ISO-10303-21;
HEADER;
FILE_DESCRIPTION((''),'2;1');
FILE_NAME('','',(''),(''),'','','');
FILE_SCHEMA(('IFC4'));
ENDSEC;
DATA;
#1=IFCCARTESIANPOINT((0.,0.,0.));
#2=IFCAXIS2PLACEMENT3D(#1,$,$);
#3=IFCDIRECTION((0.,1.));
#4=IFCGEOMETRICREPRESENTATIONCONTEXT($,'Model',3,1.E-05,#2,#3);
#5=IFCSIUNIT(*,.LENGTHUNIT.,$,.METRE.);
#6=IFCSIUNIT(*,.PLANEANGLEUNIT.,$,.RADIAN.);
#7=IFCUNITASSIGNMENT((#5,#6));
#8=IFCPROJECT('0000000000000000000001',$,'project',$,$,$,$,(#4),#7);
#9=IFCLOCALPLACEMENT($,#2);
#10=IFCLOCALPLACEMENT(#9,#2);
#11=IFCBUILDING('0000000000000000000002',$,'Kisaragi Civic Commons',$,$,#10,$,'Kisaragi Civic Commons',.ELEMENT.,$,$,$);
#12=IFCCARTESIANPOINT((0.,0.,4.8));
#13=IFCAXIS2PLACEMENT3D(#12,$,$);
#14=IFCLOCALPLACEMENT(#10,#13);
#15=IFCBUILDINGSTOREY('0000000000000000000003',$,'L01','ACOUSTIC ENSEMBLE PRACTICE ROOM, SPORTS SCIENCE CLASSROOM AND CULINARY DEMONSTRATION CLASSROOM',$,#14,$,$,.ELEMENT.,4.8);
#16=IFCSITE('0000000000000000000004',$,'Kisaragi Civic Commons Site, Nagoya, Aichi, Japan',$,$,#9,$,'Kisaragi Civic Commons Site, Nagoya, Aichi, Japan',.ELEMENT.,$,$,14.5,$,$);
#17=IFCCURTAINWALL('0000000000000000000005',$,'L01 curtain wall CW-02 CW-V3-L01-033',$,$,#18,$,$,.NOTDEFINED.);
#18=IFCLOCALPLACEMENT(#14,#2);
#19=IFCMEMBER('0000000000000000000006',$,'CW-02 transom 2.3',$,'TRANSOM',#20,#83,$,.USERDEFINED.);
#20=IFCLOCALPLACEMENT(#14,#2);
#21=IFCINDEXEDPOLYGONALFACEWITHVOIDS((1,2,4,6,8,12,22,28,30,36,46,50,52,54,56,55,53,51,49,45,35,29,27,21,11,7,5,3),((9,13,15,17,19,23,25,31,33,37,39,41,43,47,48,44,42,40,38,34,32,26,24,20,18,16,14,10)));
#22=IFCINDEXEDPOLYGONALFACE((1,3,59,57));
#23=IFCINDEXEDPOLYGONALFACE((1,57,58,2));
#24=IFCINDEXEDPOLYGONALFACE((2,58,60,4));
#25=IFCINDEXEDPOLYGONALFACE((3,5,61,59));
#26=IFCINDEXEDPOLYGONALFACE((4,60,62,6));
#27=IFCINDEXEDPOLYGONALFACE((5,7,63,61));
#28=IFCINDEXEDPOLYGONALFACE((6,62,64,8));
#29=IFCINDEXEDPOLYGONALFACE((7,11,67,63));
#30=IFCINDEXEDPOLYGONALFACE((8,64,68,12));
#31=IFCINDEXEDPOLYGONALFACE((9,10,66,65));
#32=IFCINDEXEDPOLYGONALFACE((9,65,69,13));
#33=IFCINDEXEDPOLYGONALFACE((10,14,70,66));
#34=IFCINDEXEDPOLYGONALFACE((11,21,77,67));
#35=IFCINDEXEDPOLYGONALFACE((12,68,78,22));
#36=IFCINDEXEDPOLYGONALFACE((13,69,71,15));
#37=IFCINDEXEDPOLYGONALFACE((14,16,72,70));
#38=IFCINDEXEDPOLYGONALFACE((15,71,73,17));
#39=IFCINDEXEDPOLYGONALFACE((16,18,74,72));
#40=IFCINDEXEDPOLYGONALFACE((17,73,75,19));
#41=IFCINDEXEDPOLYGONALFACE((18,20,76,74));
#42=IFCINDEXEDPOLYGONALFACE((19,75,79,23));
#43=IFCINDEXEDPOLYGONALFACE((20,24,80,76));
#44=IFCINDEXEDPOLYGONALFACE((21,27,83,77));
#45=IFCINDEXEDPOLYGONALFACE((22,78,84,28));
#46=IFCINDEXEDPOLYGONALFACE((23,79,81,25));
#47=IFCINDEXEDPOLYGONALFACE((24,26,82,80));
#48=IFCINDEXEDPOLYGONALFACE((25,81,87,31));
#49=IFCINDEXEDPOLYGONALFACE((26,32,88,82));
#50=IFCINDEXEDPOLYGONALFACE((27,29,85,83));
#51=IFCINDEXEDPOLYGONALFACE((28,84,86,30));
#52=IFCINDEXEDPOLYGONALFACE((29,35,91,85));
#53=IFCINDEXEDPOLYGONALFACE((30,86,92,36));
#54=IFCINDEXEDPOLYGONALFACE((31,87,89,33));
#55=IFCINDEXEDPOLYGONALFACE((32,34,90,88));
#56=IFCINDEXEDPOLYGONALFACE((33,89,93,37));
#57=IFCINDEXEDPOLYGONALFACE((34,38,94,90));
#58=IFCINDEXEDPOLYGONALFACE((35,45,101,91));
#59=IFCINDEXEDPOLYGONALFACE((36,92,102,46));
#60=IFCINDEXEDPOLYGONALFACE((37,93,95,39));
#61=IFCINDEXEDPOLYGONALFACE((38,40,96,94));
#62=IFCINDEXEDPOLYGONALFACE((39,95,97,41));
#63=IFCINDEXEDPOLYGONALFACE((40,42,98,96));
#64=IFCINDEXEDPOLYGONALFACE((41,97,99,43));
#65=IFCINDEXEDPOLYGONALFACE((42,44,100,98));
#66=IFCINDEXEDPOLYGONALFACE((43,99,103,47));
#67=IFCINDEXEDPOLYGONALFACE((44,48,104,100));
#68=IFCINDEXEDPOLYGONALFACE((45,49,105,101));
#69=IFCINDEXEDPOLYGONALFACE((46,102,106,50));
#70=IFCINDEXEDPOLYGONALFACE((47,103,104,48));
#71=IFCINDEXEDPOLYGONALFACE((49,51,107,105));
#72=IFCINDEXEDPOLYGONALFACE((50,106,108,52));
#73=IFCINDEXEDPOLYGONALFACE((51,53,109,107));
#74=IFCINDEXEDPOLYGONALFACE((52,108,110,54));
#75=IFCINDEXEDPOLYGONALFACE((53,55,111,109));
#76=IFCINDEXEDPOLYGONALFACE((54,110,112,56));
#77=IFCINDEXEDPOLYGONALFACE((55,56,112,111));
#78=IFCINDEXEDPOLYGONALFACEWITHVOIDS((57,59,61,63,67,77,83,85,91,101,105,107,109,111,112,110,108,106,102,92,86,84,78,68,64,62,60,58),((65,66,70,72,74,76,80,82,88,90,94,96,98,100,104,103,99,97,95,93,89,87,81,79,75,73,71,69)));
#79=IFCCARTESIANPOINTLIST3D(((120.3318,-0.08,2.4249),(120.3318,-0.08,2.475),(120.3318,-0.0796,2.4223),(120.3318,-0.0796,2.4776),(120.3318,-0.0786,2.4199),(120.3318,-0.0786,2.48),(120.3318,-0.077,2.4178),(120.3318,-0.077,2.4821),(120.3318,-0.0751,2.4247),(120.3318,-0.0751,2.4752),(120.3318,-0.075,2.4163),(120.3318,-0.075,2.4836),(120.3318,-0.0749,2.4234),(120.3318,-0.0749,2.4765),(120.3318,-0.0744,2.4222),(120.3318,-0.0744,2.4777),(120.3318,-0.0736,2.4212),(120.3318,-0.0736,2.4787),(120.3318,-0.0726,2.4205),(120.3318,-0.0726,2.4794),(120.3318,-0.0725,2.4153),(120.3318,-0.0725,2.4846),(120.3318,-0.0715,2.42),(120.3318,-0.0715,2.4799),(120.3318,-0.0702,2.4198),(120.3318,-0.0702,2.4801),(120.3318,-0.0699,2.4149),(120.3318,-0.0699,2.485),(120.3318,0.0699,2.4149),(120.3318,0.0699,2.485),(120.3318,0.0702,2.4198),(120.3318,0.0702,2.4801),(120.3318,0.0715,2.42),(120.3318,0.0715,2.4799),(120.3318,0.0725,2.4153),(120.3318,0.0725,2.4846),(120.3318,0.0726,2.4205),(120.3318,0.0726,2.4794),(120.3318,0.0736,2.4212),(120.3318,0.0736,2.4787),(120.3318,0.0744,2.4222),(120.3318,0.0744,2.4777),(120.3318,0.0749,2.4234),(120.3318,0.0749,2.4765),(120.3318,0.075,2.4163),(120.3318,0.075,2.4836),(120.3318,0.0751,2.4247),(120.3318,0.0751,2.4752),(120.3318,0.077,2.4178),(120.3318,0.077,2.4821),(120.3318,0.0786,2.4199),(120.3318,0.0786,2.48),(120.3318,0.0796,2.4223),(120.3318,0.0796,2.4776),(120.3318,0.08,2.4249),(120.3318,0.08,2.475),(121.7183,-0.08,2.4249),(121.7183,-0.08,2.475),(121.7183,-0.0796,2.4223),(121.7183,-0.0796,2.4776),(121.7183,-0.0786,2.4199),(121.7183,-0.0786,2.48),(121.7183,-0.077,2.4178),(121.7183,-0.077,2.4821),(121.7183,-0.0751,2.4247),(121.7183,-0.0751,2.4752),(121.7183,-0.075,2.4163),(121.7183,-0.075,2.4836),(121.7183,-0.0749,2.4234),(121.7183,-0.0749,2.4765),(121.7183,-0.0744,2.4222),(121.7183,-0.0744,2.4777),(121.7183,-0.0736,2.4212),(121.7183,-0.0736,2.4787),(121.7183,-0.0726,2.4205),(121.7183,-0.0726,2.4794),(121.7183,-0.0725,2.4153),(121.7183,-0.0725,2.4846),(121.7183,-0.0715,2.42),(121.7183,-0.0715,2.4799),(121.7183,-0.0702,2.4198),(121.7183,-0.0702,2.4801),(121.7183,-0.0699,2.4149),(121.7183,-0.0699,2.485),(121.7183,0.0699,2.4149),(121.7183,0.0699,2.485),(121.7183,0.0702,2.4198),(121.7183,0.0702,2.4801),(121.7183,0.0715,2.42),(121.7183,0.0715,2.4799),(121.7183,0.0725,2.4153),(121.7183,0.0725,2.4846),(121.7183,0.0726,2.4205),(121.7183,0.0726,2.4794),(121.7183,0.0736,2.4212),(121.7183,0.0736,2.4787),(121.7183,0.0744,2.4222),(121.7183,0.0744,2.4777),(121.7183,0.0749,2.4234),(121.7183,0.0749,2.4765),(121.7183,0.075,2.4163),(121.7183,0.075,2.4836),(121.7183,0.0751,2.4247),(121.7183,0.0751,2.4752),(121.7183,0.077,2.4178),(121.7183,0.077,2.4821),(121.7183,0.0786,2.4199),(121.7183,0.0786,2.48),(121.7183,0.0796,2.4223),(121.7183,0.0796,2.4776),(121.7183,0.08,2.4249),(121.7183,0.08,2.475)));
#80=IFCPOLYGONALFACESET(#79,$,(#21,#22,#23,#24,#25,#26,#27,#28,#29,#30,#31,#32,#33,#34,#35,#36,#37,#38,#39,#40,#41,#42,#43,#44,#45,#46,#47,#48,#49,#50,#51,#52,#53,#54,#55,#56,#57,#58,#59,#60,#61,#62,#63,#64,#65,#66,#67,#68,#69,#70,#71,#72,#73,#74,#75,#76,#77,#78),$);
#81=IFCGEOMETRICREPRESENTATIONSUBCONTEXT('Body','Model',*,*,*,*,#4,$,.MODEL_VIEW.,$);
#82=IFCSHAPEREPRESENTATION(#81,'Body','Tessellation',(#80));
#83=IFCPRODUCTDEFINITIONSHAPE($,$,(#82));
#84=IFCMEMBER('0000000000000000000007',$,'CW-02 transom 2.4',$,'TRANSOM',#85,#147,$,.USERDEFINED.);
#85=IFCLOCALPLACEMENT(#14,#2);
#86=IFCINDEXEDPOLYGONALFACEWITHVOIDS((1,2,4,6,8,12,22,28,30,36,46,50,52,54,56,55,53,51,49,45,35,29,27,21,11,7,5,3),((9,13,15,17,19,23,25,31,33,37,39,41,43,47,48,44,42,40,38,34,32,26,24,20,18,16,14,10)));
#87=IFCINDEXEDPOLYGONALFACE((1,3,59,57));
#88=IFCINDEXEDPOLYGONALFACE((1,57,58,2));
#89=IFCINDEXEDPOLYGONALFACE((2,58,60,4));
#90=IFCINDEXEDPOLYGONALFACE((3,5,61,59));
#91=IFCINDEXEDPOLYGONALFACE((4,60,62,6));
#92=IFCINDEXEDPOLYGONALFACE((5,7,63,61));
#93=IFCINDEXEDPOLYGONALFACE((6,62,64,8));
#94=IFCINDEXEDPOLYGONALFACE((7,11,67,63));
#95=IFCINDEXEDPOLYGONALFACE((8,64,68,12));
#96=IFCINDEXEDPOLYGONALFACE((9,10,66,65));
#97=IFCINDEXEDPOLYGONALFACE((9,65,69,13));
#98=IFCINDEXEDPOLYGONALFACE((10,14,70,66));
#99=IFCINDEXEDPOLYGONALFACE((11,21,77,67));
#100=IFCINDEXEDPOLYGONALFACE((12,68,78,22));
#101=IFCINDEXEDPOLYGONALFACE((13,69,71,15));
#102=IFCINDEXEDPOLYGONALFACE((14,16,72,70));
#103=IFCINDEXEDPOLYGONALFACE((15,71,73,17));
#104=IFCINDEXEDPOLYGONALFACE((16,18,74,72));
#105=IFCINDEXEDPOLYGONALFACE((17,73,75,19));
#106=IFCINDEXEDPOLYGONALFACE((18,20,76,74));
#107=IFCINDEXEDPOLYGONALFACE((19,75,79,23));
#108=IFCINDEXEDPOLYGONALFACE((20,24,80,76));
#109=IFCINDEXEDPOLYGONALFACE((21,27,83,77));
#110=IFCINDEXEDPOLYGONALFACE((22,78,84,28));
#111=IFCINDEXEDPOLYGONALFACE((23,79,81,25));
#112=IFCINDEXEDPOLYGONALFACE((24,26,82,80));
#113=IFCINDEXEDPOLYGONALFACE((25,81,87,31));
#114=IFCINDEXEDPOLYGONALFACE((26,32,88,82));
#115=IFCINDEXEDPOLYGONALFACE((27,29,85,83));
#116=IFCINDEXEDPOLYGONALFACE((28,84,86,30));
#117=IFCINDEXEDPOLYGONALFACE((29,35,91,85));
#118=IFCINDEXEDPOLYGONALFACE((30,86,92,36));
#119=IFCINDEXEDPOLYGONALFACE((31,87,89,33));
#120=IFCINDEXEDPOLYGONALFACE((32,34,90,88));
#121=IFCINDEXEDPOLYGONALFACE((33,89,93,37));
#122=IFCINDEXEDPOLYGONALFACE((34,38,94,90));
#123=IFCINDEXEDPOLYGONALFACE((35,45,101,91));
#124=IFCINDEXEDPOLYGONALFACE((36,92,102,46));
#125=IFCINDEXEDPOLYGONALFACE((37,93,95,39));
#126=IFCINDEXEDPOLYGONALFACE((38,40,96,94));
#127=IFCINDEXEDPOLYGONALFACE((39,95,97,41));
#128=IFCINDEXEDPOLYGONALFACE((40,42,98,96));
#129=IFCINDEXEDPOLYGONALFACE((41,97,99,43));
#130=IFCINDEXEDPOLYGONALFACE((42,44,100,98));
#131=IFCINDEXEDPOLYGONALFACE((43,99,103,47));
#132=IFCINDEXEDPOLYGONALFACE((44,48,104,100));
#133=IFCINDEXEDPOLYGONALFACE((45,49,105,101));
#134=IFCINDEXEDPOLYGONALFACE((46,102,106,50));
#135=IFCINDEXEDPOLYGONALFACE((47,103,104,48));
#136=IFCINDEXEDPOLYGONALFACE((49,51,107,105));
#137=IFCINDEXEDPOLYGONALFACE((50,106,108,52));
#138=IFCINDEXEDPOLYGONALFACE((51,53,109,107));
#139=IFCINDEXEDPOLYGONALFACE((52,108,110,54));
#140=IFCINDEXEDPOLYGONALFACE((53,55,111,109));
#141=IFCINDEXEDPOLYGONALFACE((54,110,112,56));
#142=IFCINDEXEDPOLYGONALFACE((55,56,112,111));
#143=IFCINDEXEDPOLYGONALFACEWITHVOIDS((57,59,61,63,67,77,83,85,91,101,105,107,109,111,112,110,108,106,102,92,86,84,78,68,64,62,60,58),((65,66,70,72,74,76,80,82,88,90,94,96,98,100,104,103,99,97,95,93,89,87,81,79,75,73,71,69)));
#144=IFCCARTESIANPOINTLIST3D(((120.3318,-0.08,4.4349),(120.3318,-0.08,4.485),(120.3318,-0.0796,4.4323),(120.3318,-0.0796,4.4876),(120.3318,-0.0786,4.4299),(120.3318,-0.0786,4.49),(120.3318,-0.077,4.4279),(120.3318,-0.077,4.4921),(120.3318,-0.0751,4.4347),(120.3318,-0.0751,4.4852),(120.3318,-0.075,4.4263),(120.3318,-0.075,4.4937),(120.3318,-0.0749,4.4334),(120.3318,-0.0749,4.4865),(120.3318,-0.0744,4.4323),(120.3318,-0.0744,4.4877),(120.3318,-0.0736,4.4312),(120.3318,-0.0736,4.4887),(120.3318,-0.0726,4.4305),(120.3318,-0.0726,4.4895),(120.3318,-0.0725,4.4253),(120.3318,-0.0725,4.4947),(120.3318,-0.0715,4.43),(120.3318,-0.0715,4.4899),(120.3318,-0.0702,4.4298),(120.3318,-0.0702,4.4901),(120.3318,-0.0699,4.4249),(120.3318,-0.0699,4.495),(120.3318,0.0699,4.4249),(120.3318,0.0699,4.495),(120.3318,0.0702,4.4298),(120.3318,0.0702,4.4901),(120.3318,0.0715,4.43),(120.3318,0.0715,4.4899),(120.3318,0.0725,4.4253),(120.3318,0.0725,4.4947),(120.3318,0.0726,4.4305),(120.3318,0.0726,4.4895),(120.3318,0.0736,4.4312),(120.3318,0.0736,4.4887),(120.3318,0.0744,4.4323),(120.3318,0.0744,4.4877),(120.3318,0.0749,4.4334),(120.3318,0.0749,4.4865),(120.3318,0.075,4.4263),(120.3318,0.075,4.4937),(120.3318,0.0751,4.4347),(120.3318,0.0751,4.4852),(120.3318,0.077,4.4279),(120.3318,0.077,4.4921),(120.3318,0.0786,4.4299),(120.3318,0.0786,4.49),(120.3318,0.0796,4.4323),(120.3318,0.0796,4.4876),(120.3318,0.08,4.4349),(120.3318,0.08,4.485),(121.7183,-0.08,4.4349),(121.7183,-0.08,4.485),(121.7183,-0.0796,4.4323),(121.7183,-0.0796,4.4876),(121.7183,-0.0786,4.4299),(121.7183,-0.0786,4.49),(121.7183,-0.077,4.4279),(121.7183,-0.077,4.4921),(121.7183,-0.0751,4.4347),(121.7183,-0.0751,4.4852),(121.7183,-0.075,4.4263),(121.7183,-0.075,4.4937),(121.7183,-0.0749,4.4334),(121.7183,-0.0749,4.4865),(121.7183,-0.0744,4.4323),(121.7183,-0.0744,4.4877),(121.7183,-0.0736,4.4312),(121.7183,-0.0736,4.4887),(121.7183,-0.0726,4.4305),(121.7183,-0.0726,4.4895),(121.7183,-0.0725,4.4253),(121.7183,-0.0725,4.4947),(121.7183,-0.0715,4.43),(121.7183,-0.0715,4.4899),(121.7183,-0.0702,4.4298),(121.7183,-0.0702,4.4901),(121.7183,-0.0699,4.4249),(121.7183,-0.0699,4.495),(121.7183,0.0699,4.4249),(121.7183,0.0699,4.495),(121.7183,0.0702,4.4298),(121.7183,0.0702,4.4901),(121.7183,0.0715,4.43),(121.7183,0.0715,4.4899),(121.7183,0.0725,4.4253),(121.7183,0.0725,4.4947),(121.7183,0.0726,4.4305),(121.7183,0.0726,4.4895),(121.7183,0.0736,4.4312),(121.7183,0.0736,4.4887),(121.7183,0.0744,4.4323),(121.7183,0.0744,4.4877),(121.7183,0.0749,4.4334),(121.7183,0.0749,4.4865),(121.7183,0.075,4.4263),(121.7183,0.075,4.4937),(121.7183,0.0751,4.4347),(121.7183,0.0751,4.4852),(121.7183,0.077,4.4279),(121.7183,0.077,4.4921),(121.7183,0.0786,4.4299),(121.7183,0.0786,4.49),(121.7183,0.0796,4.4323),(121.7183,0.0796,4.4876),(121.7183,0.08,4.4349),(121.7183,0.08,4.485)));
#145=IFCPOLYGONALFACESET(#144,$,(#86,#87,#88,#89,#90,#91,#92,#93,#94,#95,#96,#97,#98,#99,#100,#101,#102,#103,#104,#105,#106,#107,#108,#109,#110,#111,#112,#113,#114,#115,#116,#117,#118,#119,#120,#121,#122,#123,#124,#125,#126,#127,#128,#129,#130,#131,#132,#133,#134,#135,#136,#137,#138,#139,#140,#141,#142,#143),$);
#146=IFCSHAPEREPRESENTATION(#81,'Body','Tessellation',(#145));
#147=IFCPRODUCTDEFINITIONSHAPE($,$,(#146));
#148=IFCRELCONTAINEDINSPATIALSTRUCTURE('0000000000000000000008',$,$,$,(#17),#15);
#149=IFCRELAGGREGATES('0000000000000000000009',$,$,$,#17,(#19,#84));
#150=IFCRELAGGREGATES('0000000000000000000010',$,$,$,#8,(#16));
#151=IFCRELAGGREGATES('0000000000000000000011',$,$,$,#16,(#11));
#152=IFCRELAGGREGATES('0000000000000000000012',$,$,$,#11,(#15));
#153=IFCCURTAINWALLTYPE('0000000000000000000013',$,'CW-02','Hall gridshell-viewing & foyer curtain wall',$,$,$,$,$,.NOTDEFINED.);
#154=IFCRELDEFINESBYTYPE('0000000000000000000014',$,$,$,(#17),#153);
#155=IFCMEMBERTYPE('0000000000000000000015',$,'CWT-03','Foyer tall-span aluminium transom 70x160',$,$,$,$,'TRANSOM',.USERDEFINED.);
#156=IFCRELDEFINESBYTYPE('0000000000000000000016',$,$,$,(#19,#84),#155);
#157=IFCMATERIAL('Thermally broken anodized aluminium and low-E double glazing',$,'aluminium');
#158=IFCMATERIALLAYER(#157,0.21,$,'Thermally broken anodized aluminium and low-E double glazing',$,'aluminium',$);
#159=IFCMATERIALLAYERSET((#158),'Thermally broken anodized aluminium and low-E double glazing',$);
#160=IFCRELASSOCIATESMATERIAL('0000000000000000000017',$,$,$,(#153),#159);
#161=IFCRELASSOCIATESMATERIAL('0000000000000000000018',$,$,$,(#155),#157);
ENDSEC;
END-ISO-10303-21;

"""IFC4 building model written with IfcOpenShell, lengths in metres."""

from ifc_helpers import new_model, si_unit, direction, frame, origin, origin_2d, place, context, subcontext, project, spatial, hollow_rectangle, extrude, material, layer, layer_set, material_profile, profile_set, type_object, element, aggregate, save


model = new_model("IFC4")

# Units and contexts
model_context = context("Model", 3, precision=1e-05, world=origin(), true_north=direction((0.0, 1.0)))
body_context = subcontext(model_context, "Body", "Model", "MODEL_VIEW")
ifc_project = project(units=[si_unit("LENGTHUNIT", "METRE"), si_unit("PLANEANGLEUNIT", "RADIAN")], contexts=[model_context])

# Site, building, storey
site_placement = place(None, origin())
site = spatial("IfcSite", under=ifc_project, at=site_placement, Name="Kisaragi Civic Commons Site, Nagoya, Aichi, Japan", LongName="Kisaragi Civic Commons Site, Nagoya, Aichi, Japan", CompositionType="ELEMENT", RefElevation=14.5)
building_placement = place(site_placement, origin())
building = spatial("IfcBuilding", under=site, at=building_placement, Name="Kisaragi Civic Commons", LongName="Kisaragi Civic Commons", CompositionType="ELEMENT")
storey_placement = place(building_placement, frame((0.0, 0.0, 4.8)))
storey = spatial("IfcBuildingStorey", under=building, at=storey_placement, Name="L01", Description="ACOUSTIC ENSEMBLE PRACTICE ROOM, SPORTS SCIENCE CLASSROOM AND CULINARY DEMONSTRATION CLASSROOM", CompositionType="ELEMENT", Elevation=4.8)

# Shared definitions
ifc_material_1 = material(Name="Thermally broken anodized aluminium and low-E double glazing", Category="aluminium")
ifc_layer_1 = layer(ifc_material_1, 0.21, Name="Thermally broken anodized aluminium and low-E double glazing", Category="aluminium")
ifc_layer_set_1 = layer_set([ifc_layer_1], Name="Thermally broken anodized aluminium and low-E double glazing")
curtain_wall_type = type_object("IfcCurtainWallType", Name="CW-02", Description="Hall gridshell-viewing & foyer curtain wall", PredefinedType="NOTDEFINED", material=ifc_layer_set_1)

# Curtain wall, members
curtain_wall_1_placement = place(storey_placement, origin())
curtain_wall_1 = element("IfcCurtainWall", 1, at=curtain_wall_1_placement, inside=storey, type_object=curtain_wall_type, Name="L01 curtain wall CW-02 CW-V3-L01-033", PredefinedType="NOTDEFINED")
ifc_material_profile_1 = material_profile(ifc_material_1, hollow_rectangle(XDim=0.1599, YDim=0.0701, WallThickness=0.0049, InnerFilletRadius=0.0049, OuterFilletRadius=0.01, at=origin_2d()), Name="CWT-70x160x5", Category="aluminium")
ifc_profile_set_1 = profile_set([ifc_material_profile_1], Name="Thermally broken anodized aluminium and low-E double glazing")
member_type_1 = type_object("IfcMemberType", Name="CWT-03", Description="Foyer tall-span aluminium transom 70x160", ElementType="TRANSOM", PredefinedType="USERDEFINED", material=ifc_profile_set_1)
member_1_placement = place(storey_placement, frame((121.7183, 0.0, 2.45), z_axis=(-1.0, 0.0, 0.0), x_axis=(0.0, -1.0, 0.0)))
member_1 = element("IfcMember", 2, at=member_1_placement, type_object=member_type_1, Name="CW-02 transom 2.3", ObjectType="TRANSOM", PredefinedType="USERDEFINED", context=body_context, shape_type="SweptSolid", body=[
    extrude(hollow_rectangle(XDim=0.1599, YDim=0.0701, WallThickness=0.0049, InnerFilletRadius=0.0049, OuterFilletRadius=0.01, at=origin_2d()), origin(), (0.0, 0.0, 1.0), 1.3865),
])
member_2_placement = place(storey_placement, frame((121.7183, 0.0, 4.46), z_axis=(-1.0, 0.0, 0.0), x_axis=(0.0, -1.0, 0.0)))
member_2 = element("IfcMember", 3, at=member_2_placement, type_object=member_type_1, Name="CW-02 transom 2.4", ObjectType="TRANSOM", PredefinedType="USERDEFINED", context=body_context, shape_type="SweptSolid", body=[
    extrude(hollow_rectangle(XDim=0.1599, YDim=0.0701, WallThickness=0.0049, InnerFilletRadius=0.0049, OuterFilletRadius=0.01, at=origin_2d()), origin(), (0.0, 0.0, 1.0), 1.3865),
])

aggregate(curtain_wall_1, [member_1, member_2])

save(model, "model.ifc")
